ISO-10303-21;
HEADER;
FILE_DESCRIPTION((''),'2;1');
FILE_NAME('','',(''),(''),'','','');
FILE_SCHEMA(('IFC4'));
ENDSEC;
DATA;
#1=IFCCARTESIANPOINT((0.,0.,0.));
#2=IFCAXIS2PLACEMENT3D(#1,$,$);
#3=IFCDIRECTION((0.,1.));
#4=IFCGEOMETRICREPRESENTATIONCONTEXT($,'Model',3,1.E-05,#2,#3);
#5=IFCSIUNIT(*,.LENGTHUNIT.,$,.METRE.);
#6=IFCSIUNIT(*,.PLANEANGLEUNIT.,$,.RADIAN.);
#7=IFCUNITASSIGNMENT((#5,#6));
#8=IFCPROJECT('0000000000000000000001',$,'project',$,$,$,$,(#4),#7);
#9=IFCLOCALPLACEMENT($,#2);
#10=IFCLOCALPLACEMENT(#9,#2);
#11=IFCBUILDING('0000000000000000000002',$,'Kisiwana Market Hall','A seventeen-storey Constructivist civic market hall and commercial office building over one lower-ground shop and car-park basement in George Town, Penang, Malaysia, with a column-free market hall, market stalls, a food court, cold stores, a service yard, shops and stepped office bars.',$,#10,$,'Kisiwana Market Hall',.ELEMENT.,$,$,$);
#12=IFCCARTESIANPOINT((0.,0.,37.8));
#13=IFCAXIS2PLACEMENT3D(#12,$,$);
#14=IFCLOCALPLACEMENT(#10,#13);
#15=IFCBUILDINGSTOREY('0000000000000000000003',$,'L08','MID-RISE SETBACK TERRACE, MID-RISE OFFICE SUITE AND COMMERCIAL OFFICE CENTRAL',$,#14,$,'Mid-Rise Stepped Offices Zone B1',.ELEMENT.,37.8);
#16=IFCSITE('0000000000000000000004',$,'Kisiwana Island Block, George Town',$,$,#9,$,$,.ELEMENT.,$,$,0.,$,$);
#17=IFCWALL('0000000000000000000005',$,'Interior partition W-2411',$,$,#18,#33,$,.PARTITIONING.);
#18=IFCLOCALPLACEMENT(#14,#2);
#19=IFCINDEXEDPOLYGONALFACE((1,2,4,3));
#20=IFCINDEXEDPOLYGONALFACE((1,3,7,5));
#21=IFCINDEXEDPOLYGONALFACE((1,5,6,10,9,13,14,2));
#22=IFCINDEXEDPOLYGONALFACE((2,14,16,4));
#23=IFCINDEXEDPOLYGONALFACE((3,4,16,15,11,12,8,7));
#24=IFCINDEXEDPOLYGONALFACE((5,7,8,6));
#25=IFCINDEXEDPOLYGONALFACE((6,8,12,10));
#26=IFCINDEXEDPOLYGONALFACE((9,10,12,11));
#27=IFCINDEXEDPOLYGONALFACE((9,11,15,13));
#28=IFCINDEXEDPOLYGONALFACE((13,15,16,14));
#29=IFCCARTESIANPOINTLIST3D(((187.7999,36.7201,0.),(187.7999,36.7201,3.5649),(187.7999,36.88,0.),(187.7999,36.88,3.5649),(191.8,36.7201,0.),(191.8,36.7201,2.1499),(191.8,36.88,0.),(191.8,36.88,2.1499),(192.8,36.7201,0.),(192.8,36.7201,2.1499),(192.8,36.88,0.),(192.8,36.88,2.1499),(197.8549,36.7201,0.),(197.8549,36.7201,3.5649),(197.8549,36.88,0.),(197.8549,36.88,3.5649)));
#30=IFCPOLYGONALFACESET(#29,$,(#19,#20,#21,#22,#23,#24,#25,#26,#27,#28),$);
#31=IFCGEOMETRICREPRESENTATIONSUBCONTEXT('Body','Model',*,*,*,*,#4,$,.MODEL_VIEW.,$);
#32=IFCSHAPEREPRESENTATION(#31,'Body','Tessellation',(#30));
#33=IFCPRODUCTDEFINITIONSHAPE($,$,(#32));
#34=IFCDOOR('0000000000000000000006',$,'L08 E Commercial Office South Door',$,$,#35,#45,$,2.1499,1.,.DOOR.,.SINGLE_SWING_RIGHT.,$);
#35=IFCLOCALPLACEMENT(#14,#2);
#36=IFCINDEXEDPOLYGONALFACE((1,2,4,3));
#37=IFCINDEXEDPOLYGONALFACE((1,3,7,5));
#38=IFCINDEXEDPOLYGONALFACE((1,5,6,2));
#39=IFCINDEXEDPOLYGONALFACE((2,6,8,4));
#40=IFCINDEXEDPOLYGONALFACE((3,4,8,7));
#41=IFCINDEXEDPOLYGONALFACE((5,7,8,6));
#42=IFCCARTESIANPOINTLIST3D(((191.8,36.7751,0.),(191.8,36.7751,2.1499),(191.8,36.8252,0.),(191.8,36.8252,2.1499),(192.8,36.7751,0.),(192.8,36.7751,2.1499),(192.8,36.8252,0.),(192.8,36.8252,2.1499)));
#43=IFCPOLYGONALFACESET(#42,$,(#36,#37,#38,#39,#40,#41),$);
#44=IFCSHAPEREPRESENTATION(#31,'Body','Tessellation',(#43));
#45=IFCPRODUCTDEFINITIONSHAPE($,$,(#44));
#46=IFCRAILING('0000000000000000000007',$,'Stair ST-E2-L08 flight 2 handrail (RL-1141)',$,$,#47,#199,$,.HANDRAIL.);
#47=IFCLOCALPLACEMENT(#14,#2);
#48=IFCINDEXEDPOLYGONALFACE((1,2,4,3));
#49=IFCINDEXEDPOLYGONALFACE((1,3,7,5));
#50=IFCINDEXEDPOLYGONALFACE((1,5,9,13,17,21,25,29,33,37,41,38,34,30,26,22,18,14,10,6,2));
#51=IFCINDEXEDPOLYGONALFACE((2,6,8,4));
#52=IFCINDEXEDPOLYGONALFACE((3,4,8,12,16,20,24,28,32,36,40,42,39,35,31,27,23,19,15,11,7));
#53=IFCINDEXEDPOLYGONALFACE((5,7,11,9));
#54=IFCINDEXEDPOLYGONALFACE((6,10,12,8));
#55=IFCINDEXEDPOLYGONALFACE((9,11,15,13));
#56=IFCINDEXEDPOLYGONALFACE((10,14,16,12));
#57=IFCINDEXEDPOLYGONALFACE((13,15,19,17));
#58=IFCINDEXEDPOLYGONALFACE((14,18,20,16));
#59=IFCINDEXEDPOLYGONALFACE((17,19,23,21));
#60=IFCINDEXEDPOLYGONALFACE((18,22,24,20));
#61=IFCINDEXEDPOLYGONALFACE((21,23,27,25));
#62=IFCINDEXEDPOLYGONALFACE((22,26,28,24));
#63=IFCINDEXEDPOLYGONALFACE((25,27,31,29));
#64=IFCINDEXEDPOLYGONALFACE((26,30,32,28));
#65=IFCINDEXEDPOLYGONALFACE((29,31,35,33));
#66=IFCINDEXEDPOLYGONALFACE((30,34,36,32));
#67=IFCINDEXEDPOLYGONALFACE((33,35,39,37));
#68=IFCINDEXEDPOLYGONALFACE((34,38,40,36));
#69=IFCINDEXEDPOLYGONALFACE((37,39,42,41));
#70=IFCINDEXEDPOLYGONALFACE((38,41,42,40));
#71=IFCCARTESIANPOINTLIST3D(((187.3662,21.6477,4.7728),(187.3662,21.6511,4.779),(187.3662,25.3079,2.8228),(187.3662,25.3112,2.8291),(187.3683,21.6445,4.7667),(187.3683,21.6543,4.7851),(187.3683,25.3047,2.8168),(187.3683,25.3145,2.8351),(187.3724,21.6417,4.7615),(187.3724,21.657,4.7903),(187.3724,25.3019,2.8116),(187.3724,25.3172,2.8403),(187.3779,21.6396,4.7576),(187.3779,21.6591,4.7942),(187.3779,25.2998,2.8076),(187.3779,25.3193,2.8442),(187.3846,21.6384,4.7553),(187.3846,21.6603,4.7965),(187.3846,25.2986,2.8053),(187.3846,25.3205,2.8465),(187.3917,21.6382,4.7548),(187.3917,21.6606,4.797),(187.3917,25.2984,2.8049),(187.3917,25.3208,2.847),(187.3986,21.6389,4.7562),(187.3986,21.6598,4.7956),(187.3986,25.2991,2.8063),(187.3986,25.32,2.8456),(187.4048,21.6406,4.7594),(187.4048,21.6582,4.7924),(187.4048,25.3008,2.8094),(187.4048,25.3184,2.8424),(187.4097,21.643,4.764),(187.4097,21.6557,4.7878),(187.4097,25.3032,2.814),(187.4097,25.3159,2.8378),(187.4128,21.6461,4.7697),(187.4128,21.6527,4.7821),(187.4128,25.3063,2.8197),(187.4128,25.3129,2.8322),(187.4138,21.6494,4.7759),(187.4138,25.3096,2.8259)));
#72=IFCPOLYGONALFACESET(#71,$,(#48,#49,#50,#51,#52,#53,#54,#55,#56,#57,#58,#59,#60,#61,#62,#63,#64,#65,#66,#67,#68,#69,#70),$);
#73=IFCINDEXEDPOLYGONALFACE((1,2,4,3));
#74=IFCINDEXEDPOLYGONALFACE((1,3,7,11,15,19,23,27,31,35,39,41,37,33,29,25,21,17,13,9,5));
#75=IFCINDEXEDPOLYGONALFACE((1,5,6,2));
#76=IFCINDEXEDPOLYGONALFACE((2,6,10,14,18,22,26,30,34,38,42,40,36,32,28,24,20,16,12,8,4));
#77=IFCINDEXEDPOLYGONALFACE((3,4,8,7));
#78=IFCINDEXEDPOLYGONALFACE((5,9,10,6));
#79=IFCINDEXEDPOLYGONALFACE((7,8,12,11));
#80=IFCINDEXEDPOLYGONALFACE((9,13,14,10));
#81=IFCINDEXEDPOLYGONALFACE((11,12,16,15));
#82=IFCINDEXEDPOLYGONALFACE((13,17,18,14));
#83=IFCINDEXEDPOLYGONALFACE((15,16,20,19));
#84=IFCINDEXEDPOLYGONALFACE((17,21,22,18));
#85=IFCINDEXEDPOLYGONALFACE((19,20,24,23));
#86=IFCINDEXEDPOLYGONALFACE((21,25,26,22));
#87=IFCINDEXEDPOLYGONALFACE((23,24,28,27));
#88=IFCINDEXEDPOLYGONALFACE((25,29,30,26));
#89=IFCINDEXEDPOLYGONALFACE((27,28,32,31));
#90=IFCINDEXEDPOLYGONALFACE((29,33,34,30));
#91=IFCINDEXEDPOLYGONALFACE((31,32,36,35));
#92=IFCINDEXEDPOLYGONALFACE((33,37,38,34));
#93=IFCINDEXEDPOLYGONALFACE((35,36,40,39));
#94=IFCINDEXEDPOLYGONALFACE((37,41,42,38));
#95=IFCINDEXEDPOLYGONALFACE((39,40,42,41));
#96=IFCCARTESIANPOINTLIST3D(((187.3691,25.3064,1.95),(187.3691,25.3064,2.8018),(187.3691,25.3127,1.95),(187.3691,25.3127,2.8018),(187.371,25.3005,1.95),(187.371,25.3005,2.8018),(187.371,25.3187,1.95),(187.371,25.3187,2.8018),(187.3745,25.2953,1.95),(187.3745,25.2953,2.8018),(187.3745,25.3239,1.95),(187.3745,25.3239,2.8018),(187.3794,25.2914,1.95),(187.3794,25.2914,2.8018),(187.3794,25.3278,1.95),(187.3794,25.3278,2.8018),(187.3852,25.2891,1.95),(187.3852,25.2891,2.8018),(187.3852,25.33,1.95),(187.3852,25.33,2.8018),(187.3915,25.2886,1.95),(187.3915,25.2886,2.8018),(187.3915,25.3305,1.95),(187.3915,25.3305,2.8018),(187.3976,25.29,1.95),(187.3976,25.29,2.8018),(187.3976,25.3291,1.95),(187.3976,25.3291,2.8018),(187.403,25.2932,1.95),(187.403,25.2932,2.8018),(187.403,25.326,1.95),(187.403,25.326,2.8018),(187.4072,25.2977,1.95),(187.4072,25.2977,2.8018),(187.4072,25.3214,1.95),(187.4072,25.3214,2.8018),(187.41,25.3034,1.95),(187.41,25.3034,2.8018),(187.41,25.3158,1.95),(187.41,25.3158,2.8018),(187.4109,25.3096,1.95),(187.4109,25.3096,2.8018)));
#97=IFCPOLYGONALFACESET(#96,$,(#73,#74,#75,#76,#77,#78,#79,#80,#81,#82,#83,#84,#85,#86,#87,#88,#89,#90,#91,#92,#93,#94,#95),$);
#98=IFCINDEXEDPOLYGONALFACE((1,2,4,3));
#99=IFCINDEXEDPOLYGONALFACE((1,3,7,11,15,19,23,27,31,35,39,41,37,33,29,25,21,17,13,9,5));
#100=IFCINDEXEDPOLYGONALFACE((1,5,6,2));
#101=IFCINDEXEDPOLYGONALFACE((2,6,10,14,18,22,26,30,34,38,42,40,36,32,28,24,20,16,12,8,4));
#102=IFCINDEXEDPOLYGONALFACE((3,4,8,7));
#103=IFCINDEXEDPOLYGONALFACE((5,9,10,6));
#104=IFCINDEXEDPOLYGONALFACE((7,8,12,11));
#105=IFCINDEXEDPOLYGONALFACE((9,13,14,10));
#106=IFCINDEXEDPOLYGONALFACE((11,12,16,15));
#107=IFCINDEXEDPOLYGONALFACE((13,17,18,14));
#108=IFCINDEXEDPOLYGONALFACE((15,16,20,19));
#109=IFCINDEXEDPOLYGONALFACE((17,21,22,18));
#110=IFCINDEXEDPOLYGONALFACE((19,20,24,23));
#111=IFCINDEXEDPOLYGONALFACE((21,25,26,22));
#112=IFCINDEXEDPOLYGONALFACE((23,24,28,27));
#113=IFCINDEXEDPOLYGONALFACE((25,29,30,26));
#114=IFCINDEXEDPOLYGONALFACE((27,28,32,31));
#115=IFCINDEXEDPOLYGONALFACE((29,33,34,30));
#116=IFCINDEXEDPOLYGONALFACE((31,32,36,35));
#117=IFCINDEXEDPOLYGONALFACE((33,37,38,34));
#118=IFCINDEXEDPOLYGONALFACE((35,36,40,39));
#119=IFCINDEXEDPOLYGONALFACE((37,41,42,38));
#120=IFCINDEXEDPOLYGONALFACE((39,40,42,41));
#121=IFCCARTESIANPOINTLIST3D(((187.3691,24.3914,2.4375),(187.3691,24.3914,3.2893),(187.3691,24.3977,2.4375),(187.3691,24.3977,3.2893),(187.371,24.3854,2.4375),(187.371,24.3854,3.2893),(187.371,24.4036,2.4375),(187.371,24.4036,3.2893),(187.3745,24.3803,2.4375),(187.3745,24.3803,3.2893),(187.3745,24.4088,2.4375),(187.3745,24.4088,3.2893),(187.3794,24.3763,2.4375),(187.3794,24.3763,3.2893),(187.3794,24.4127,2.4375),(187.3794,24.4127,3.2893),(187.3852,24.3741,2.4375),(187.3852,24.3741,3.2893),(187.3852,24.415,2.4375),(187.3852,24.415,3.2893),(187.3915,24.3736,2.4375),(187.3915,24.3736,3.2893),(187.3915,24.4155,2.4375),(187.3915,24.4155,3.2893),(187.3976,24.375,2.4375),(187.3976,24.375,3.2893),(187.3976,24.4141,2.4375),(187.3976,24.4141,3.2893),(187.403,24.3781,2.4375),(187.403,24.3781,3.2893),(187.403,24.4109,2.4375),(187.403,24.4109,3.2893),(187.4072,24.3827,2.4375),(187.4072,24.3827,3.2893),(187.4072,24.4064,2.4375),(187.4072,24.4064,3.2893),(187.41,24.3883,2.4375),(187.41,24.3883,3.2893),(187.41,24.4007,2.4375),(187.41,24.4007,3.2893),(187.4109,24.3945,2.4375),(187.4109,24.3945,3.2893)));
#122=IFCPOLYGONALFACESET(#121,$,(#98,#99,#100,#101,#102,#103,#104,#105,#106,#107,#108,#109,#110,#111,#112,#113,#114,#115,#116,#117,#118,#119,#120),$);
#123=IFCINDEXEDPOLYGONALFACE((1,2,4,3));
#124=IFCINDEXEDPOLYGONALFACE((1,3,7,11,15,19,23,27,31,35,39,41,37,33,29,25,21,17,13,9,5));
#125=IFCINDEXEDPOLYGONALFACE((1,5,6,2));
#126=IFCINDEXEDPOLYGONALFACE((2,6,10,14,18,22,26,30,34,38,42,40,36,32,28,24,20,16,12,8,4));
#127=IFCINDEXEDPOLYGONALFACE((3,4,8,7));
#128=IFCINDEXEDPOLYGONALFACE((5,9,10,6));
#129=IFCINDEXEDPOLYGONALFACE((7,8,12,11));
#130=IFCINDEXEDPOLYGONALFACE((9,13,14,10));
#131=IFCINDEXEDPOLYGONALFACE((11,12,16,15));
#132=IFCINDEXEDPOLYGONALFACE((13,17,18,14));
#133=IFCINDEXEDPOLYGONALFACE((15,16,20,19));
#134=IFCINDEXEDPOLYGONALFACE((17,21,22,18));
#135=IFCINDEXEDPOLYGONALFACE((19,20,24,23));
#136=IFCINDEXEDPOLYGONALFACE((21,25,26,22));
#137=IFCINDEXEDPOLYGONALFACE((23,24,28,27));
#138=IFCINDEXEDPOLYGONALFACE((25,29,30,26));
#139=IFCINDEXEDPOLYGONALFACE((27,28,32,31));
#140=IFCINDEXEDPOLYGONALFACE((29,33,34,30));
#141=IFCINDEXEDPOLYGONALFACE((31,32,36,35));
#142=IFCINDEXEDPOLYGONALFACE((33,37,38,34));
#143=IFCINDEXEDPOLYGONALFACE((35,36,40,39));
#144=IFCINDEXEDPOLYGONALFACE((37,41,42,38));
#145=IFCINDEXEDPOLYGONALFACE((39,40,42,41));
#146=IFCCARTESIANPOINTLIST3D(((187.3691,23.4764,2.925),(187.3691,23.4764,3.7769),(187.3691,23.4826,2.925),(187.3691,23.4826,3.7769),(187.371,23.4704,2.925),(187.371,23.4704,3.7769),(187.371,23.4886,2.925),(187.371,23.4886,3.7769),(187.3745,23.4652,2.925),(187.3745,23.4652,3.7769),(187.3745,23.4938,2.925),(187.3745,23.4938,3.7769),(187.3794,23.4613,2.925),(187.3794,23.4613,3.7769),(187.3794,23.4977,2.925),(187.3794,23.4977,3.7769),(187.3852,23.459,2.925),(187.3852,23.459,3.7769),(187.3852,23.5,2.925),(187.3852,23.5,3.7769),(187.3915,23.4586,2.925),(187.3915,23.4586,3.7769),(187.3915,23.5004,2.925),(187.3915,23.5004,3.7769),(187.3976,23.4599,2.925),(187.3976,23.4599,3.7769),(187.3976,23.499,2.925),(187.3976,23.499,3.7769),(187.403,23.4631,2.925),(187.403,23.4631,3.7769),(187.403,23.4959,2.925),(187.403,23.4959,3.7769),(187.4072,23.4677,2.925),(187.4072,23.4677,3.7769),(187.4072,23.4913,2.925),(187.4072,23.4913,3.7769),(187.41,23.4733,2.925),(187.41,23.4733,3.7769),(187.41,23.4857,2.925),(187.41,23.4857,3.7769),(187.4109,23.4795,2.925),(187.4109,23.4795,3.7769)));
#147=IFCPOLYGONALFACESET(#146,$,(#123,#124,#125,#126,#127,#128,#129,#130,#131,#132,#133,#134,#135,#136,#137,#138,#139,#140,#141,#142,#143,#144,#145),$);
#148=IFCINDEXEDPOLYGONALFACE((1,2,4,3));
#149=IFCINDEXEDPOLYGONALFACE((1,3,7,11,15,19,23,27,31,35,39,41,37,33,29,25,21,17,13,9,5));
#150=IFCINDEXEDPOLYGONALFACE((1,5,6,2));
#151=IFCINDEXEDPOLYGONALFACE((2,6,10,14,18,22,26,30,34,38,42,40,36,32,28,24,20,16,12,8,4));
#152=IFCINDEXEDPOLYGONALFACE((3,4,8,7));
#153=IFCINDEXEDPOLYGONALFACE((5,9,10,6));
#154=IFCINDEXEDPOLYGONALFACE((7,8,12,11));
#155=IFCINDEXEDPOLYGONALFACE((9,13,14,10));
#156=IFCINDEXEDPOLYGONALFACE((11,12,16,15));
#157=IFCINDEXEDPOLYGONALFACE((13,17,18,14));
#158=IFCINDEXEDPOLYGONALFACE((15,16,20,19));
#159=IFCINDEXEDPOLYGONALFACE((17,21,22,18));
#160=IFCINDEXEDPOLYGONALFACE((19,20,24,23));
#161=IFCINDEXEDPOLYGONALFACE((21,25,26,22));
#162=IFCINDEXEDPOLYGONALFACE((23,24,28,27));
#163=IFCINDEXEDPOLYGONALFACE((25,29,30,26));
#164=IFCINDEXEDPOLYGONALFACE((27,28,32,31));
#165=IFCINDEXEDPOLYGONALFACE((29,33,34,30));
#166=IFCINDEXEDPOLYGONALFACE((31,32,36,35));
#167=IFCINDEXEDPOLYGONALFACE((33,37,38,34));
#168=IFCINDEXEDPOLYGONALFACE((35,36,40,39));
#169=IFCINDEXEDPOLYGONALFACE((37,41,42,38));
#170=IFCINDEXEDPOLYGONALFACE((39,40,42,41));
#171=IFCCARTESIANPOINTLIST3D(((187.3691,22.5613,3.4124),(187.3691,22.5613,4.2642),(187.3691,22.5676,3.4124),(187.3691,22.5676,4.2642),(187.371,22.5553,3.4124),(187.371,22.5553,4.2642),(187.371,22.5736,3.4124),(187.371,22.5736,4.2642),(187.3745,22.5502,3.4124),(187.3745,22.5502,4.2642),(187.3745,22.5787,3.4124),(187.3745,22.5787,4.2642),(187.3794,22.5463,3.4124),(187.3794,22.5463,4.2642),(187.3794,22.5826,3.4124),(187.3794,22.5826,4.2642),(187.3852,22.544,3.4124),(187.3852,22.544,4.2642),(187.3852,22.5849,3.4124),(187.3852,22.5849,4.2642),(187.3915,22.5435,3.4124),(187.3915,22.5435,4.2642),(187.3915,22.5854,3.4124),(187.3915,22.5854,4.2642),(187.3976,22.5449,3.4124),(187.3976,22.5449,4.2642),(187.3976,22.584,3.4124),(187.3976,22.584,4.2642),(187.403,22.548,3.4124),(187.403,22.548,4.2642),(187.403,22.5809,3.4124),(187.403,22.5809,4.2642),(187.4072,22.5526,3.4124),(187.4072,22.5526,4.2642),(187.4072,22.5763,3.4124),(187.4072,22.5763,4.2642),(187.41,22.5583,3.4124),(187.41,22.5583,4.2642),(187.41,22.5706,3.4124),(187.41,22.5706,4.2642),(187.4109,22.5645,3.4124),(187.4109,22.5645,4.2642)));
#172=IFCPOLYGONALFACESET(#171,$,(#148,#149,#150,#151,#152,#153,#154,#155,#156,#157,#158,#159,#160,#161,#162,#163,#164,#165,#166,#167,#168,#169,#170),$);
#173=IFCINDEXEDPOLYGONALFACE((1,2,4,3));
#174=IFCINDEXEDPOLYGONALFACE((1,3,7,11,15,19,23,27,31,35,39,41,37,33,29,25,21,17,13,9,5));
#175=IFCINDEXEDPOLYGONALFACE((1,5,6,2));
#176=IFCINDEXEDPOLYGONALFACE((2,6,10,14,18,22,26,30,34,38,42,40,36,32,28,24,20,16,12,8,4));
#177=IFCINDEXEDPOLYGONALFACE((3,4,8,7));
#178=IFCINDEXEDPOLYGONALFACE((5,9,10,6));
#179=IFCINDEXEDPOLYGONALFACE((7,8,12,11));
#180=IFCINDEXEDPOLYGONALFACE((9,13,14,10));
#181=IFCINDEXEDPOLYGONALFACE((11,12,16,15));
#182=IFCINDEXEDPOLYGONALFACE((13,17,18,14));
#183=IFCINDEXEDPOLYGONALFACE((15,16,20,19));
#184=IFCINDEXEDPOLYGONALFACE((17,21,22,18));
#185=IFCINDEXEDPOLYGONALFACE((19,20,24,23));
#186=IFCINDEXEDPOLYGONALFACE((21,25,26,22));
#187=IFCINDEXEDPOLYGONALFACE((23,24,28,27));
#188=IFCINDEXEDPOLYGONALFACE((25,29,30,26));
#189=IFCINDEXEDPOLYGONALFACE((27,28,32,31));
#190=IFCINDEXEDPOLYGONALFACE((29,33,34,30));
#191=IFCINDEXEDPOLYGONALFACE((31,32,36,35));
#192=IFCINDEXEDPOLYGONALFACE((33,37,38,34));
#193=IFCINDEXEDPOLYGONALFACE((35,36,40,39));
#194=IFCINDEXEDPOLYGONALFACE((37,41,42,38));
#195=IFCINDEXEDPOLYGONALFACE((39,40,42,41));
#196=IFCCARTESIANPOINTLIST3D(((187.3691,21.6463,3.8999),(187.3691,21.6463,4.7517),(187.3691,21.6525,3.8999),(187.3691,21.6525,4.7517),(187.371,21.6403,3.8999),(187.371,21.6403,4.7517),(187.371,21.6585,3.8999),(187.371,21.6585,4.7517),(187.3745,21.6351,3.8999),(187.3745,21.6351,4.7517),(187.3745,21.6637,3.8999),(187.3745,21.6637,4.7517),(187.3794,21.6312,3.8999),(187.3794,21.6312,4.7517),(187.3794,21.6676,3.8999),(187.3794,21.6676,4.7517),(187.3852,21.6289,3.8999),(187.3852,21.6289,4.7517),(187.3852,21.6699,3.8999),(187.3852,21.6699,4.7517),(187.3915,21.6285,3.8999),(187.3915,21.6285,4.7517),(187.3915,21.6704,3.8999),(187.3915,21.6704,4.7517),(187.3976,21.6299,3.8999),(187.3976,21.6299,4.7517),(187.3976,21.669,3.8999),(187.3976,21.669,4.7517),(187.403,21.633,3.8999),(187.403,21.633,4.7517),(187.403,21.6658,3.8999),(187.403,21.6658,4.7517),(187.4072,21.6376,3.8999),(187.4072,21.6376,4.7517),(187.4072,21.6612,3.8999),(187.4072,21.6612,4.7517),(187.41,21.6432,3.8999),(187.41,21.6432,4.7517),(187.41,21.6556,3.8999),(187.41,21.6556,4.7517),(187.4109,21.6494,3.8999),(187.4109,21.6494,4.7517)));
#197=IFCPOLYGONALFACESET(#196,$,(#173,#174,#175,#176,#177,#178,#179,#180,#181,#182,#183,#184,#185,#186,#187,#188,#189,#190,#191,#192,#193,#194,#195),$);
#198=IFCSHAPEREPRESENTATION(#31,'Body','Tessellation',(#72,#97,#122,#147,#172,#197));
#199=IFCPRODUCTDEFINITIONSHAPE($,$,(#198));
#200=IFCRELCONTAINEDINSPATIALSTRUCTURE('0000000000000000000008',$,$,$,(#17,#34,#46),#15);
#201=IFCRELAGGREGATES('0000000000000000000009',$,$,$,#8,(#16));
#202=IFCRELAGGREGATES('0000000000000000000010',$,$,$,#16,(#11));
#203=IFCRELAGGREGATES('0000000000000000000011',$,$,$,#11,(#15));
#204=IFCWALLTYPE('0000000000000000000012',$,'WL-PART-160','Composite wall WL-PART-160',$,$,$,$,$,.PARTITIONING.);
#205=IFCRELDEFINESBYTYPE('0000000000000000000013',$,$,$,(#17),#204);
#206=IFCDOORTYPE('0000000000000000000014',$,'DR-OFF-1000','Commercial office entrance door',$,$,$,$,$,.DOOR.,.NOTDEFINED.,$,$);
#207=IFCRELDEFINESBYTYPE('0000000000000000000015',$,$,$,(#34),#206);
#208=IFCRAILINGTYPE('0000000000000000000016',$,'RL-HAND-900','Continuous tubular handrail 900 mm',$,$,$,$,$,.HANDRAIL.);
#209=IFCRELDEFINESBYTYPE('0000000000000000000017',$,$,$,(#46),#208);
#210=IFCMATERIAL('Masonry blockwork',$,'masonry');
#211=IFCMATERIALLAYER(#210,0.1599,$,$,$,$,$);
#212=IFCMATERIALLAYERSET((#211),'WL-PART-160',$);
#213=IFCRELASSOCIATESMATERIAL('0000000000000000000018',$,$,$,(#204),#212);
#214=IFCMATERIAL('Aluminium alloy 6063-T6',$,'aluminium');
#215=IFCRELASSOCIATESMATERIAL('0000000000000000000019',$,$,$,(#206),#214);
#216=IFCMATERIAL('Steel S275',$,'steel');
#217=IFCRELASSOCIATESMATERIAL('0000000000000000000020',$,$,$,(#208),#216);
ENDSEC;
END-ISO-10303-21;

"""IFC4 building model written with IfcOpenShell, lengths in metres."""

from ifc_helpers import new_model, si_unit, direction, frame, frame_2d, origin, origin_2d, place, context, subcontext, project, spatial, rectangle, circle, extrude, material, layer, layer_set, type_object, element, fill, save


model = new_model("IFC4")

# Units and contexts
model_context = context("Model", 3, precision=1e-05, world=origin(), true_north=direction((0.0, 1.0)))
body_context = subcontext(model_context, "Body", "Model", "MODEL_VIEW")
ifc_project = project(units=[si_unit("LENGTHUNIT", "METRE"), si_unit("PLANEANGLEUNIT", "RADIAN")], contexts=[model_context])

# Site, building, storey
site_placement = place(None, origin())
site = spatial("IfcSite", under=ifc_project, at=site_placement, Name="Kisiwana Island Block, George Town", CompositionType="ELEMENT", RefElevation=0.0)
building_placement = place(site_placement, origin())
building = spatial("IfcBuilding", under=site, at=building_placement, Name="Kisiwana Market Hall", Description="A seventeen-storey Constructivist civic market hall and commercial office building over one lower-ground shop and car-park basement in George Town, Penang, Malaysia, with a column-free market hall, market stalls, a food court, cold stores, a service yard, shops and stepped office bars.", LongName="Kisiwana Market Hall", CompositionType="ELEMENT")
storey_placement = place(building_placement, frame((0.0, 0.0, 37.8)))
storey = spatial("IfcBuildingStorey", under=building, at=storey_placement, Name="L08", Description="MID-RISE SETBACK TERRACE, MID-RISE OFFICE SUITE AND COMMERCIAL OFFICE CENTRAL", LongName="Mid-Rise Stepped Offices Zone B1", CompositionType="ELEMENT", Elevation=37.8)

# Shared definitions
ifc_material_1 = material(Name="Masonry blockwork", Category="masonry")
ifc_layer_1 = layer(ifc_material_1, 0.1599)
ifc_layer_set_1 = layer_set([ifc_layer_1], Name="WL-PART-160")
wall_type_1 = type_object("IfcWallType", Name="WL-PART-160", Description="Composite wall WL-PART-160", PredefinedType="PARTITIONING", material=ifc_layer_set_1)

# Wall, opening, door
wall_1_placement = place(storey_placement, frame((187.8, 36.8, 0.0), z_axis=(0.0, 0.0, 1.0), x_axis=(1.0, 0.0, 0.0)))
wall_1 = element("IfcWall", 1, at=wall_1_placement, inside=storey, type_object=wall_type_1, Name="Interior partition W-2411", PredefinedType="PARTITIONING", context=body_context, shape_type="SweptSolid", body=[
    extrude(rectangle(XDim=10.0549, YDim=0.1599, at=frame_2d((5.0273, 0.0))), origin(), (0.0, 0.0, 1.0), 3.5649),
])
opening_1_placement = place(wall_1_placement, frame((4.0, 0.0, 0.0)))
opening_1 = element("IfcOpeningElement", 2, at=opening_1_placement, cuts=wall_1, PredefinedType="OPENING", context=body_context, shape_type="SweptSolid", body=[
    extrude(rectangle(XDim=1.0, YDim=2.1499, at=frame_2d((0.5, 1.075))), frame((0.0, 0.0918, 0.0), z_axis=(0.0, -1.0, 0.0), x_axis=(1.0, 0.0, 0.0)), (0.0, 0.0, 1.0), 0.1838),
])
ifc_material_2 = material(Name="Aluminium alloy 6063-T6", Category="aluminium")
door_type_1 = type_object("IfcDoorType", Name="DR-OFF-1000", Description="Commercial office entrance door", OperationType="NOTDEFINED", PredefinedType="DOOR", material=ifc_material_2)
door_1_placement = place(opening_1_placement, frame((1.0, 0.0, 0.0), z_axis=(0.0, 0.0, 1.0), x_axis=(-1.0, 0.0, 0.0)))
door_1 = element("IfcDoor", 3, at=door_1_placement, inside=storey, type_object=door_type_1, Name="L08 E Commercial Office South Door", OperationType="SINGLE_SWING_RIGHT", OverallHeight=2.1499, OverallWidth=1.0, PredefinedType="DOOR", context=body_context, shape_type="SweptSolid", body=[
    extrude(rectangle(XDim=1.0, YDim=2.1499, at=frame_2d((0.5, 1.075))), frame((0.0, 0.0249, 0.0), z_axis=(0.0, -1.0, 0.0), x_axis=(1.0, 0.0, 0.0)), (0.0, 0.0, 1.0), 0.05),
])
fill(opening_1, door_1)

# Railing
ifc_material_3 = material(Name="Steel S275", Category="steel")
railing_type = type_object("IfcRailingType", Name="RL-HAND-900", Description="Continuous tubular handrail 900 mm", PredefinedType="HANDRAIL", material=ifc_material_3)
railing_placement = place(storey_placement, frame((187.3899, 25.3096, 1.95)))
element("IfcRailing", 4, at=railing_placement, inside=storey, type_object=railing_type, Name="Stair ST-E2-L08 flight 2 handrail (RL-1141)", PredefinedType="HANDRAIL", context=body_context, shape_type="SweptSolid", body=[
    extrude(circle(Radius=0.0239, at=origin_2d()), frame((0.0, 0.0, 0.876), z_axis=(0.0, -0.882566, 0.470188), x_axis=(1.0, 0.0, 0.0)), (0.0, 0.0, 1.0), 4.1472),
    extrude(circle(Radius=0.021, at=origin_2d()), origin(), (0.0, 0.0, 1.0), 0.8518),
    extrude(circle(Radius=0.021, at=origin_2d()), frame((0.0, -0.915, 0.4875)), (0.0, 0.0, 1.0), 0.8518),
    extrude(circle(Radius=0.021, at=origin_2d()), frame((0.0, -1.8301, 0.9751)), (0.0, 0.0, 1.0), 0.8518),
    extrude(circle(Radius=0.021, at=origin_2d()), frame((0.0, -2.7451, 1.4624)), (0.0, 0.0, 1.0), 0.8518),
    extrude(circle(Radius=0.021, at=origin_2d()), frame((0.0, -3.6602, 1.95)), (0.0, 0.0, 1.0), 0.8518),
])

save(model, "model.ifc")
